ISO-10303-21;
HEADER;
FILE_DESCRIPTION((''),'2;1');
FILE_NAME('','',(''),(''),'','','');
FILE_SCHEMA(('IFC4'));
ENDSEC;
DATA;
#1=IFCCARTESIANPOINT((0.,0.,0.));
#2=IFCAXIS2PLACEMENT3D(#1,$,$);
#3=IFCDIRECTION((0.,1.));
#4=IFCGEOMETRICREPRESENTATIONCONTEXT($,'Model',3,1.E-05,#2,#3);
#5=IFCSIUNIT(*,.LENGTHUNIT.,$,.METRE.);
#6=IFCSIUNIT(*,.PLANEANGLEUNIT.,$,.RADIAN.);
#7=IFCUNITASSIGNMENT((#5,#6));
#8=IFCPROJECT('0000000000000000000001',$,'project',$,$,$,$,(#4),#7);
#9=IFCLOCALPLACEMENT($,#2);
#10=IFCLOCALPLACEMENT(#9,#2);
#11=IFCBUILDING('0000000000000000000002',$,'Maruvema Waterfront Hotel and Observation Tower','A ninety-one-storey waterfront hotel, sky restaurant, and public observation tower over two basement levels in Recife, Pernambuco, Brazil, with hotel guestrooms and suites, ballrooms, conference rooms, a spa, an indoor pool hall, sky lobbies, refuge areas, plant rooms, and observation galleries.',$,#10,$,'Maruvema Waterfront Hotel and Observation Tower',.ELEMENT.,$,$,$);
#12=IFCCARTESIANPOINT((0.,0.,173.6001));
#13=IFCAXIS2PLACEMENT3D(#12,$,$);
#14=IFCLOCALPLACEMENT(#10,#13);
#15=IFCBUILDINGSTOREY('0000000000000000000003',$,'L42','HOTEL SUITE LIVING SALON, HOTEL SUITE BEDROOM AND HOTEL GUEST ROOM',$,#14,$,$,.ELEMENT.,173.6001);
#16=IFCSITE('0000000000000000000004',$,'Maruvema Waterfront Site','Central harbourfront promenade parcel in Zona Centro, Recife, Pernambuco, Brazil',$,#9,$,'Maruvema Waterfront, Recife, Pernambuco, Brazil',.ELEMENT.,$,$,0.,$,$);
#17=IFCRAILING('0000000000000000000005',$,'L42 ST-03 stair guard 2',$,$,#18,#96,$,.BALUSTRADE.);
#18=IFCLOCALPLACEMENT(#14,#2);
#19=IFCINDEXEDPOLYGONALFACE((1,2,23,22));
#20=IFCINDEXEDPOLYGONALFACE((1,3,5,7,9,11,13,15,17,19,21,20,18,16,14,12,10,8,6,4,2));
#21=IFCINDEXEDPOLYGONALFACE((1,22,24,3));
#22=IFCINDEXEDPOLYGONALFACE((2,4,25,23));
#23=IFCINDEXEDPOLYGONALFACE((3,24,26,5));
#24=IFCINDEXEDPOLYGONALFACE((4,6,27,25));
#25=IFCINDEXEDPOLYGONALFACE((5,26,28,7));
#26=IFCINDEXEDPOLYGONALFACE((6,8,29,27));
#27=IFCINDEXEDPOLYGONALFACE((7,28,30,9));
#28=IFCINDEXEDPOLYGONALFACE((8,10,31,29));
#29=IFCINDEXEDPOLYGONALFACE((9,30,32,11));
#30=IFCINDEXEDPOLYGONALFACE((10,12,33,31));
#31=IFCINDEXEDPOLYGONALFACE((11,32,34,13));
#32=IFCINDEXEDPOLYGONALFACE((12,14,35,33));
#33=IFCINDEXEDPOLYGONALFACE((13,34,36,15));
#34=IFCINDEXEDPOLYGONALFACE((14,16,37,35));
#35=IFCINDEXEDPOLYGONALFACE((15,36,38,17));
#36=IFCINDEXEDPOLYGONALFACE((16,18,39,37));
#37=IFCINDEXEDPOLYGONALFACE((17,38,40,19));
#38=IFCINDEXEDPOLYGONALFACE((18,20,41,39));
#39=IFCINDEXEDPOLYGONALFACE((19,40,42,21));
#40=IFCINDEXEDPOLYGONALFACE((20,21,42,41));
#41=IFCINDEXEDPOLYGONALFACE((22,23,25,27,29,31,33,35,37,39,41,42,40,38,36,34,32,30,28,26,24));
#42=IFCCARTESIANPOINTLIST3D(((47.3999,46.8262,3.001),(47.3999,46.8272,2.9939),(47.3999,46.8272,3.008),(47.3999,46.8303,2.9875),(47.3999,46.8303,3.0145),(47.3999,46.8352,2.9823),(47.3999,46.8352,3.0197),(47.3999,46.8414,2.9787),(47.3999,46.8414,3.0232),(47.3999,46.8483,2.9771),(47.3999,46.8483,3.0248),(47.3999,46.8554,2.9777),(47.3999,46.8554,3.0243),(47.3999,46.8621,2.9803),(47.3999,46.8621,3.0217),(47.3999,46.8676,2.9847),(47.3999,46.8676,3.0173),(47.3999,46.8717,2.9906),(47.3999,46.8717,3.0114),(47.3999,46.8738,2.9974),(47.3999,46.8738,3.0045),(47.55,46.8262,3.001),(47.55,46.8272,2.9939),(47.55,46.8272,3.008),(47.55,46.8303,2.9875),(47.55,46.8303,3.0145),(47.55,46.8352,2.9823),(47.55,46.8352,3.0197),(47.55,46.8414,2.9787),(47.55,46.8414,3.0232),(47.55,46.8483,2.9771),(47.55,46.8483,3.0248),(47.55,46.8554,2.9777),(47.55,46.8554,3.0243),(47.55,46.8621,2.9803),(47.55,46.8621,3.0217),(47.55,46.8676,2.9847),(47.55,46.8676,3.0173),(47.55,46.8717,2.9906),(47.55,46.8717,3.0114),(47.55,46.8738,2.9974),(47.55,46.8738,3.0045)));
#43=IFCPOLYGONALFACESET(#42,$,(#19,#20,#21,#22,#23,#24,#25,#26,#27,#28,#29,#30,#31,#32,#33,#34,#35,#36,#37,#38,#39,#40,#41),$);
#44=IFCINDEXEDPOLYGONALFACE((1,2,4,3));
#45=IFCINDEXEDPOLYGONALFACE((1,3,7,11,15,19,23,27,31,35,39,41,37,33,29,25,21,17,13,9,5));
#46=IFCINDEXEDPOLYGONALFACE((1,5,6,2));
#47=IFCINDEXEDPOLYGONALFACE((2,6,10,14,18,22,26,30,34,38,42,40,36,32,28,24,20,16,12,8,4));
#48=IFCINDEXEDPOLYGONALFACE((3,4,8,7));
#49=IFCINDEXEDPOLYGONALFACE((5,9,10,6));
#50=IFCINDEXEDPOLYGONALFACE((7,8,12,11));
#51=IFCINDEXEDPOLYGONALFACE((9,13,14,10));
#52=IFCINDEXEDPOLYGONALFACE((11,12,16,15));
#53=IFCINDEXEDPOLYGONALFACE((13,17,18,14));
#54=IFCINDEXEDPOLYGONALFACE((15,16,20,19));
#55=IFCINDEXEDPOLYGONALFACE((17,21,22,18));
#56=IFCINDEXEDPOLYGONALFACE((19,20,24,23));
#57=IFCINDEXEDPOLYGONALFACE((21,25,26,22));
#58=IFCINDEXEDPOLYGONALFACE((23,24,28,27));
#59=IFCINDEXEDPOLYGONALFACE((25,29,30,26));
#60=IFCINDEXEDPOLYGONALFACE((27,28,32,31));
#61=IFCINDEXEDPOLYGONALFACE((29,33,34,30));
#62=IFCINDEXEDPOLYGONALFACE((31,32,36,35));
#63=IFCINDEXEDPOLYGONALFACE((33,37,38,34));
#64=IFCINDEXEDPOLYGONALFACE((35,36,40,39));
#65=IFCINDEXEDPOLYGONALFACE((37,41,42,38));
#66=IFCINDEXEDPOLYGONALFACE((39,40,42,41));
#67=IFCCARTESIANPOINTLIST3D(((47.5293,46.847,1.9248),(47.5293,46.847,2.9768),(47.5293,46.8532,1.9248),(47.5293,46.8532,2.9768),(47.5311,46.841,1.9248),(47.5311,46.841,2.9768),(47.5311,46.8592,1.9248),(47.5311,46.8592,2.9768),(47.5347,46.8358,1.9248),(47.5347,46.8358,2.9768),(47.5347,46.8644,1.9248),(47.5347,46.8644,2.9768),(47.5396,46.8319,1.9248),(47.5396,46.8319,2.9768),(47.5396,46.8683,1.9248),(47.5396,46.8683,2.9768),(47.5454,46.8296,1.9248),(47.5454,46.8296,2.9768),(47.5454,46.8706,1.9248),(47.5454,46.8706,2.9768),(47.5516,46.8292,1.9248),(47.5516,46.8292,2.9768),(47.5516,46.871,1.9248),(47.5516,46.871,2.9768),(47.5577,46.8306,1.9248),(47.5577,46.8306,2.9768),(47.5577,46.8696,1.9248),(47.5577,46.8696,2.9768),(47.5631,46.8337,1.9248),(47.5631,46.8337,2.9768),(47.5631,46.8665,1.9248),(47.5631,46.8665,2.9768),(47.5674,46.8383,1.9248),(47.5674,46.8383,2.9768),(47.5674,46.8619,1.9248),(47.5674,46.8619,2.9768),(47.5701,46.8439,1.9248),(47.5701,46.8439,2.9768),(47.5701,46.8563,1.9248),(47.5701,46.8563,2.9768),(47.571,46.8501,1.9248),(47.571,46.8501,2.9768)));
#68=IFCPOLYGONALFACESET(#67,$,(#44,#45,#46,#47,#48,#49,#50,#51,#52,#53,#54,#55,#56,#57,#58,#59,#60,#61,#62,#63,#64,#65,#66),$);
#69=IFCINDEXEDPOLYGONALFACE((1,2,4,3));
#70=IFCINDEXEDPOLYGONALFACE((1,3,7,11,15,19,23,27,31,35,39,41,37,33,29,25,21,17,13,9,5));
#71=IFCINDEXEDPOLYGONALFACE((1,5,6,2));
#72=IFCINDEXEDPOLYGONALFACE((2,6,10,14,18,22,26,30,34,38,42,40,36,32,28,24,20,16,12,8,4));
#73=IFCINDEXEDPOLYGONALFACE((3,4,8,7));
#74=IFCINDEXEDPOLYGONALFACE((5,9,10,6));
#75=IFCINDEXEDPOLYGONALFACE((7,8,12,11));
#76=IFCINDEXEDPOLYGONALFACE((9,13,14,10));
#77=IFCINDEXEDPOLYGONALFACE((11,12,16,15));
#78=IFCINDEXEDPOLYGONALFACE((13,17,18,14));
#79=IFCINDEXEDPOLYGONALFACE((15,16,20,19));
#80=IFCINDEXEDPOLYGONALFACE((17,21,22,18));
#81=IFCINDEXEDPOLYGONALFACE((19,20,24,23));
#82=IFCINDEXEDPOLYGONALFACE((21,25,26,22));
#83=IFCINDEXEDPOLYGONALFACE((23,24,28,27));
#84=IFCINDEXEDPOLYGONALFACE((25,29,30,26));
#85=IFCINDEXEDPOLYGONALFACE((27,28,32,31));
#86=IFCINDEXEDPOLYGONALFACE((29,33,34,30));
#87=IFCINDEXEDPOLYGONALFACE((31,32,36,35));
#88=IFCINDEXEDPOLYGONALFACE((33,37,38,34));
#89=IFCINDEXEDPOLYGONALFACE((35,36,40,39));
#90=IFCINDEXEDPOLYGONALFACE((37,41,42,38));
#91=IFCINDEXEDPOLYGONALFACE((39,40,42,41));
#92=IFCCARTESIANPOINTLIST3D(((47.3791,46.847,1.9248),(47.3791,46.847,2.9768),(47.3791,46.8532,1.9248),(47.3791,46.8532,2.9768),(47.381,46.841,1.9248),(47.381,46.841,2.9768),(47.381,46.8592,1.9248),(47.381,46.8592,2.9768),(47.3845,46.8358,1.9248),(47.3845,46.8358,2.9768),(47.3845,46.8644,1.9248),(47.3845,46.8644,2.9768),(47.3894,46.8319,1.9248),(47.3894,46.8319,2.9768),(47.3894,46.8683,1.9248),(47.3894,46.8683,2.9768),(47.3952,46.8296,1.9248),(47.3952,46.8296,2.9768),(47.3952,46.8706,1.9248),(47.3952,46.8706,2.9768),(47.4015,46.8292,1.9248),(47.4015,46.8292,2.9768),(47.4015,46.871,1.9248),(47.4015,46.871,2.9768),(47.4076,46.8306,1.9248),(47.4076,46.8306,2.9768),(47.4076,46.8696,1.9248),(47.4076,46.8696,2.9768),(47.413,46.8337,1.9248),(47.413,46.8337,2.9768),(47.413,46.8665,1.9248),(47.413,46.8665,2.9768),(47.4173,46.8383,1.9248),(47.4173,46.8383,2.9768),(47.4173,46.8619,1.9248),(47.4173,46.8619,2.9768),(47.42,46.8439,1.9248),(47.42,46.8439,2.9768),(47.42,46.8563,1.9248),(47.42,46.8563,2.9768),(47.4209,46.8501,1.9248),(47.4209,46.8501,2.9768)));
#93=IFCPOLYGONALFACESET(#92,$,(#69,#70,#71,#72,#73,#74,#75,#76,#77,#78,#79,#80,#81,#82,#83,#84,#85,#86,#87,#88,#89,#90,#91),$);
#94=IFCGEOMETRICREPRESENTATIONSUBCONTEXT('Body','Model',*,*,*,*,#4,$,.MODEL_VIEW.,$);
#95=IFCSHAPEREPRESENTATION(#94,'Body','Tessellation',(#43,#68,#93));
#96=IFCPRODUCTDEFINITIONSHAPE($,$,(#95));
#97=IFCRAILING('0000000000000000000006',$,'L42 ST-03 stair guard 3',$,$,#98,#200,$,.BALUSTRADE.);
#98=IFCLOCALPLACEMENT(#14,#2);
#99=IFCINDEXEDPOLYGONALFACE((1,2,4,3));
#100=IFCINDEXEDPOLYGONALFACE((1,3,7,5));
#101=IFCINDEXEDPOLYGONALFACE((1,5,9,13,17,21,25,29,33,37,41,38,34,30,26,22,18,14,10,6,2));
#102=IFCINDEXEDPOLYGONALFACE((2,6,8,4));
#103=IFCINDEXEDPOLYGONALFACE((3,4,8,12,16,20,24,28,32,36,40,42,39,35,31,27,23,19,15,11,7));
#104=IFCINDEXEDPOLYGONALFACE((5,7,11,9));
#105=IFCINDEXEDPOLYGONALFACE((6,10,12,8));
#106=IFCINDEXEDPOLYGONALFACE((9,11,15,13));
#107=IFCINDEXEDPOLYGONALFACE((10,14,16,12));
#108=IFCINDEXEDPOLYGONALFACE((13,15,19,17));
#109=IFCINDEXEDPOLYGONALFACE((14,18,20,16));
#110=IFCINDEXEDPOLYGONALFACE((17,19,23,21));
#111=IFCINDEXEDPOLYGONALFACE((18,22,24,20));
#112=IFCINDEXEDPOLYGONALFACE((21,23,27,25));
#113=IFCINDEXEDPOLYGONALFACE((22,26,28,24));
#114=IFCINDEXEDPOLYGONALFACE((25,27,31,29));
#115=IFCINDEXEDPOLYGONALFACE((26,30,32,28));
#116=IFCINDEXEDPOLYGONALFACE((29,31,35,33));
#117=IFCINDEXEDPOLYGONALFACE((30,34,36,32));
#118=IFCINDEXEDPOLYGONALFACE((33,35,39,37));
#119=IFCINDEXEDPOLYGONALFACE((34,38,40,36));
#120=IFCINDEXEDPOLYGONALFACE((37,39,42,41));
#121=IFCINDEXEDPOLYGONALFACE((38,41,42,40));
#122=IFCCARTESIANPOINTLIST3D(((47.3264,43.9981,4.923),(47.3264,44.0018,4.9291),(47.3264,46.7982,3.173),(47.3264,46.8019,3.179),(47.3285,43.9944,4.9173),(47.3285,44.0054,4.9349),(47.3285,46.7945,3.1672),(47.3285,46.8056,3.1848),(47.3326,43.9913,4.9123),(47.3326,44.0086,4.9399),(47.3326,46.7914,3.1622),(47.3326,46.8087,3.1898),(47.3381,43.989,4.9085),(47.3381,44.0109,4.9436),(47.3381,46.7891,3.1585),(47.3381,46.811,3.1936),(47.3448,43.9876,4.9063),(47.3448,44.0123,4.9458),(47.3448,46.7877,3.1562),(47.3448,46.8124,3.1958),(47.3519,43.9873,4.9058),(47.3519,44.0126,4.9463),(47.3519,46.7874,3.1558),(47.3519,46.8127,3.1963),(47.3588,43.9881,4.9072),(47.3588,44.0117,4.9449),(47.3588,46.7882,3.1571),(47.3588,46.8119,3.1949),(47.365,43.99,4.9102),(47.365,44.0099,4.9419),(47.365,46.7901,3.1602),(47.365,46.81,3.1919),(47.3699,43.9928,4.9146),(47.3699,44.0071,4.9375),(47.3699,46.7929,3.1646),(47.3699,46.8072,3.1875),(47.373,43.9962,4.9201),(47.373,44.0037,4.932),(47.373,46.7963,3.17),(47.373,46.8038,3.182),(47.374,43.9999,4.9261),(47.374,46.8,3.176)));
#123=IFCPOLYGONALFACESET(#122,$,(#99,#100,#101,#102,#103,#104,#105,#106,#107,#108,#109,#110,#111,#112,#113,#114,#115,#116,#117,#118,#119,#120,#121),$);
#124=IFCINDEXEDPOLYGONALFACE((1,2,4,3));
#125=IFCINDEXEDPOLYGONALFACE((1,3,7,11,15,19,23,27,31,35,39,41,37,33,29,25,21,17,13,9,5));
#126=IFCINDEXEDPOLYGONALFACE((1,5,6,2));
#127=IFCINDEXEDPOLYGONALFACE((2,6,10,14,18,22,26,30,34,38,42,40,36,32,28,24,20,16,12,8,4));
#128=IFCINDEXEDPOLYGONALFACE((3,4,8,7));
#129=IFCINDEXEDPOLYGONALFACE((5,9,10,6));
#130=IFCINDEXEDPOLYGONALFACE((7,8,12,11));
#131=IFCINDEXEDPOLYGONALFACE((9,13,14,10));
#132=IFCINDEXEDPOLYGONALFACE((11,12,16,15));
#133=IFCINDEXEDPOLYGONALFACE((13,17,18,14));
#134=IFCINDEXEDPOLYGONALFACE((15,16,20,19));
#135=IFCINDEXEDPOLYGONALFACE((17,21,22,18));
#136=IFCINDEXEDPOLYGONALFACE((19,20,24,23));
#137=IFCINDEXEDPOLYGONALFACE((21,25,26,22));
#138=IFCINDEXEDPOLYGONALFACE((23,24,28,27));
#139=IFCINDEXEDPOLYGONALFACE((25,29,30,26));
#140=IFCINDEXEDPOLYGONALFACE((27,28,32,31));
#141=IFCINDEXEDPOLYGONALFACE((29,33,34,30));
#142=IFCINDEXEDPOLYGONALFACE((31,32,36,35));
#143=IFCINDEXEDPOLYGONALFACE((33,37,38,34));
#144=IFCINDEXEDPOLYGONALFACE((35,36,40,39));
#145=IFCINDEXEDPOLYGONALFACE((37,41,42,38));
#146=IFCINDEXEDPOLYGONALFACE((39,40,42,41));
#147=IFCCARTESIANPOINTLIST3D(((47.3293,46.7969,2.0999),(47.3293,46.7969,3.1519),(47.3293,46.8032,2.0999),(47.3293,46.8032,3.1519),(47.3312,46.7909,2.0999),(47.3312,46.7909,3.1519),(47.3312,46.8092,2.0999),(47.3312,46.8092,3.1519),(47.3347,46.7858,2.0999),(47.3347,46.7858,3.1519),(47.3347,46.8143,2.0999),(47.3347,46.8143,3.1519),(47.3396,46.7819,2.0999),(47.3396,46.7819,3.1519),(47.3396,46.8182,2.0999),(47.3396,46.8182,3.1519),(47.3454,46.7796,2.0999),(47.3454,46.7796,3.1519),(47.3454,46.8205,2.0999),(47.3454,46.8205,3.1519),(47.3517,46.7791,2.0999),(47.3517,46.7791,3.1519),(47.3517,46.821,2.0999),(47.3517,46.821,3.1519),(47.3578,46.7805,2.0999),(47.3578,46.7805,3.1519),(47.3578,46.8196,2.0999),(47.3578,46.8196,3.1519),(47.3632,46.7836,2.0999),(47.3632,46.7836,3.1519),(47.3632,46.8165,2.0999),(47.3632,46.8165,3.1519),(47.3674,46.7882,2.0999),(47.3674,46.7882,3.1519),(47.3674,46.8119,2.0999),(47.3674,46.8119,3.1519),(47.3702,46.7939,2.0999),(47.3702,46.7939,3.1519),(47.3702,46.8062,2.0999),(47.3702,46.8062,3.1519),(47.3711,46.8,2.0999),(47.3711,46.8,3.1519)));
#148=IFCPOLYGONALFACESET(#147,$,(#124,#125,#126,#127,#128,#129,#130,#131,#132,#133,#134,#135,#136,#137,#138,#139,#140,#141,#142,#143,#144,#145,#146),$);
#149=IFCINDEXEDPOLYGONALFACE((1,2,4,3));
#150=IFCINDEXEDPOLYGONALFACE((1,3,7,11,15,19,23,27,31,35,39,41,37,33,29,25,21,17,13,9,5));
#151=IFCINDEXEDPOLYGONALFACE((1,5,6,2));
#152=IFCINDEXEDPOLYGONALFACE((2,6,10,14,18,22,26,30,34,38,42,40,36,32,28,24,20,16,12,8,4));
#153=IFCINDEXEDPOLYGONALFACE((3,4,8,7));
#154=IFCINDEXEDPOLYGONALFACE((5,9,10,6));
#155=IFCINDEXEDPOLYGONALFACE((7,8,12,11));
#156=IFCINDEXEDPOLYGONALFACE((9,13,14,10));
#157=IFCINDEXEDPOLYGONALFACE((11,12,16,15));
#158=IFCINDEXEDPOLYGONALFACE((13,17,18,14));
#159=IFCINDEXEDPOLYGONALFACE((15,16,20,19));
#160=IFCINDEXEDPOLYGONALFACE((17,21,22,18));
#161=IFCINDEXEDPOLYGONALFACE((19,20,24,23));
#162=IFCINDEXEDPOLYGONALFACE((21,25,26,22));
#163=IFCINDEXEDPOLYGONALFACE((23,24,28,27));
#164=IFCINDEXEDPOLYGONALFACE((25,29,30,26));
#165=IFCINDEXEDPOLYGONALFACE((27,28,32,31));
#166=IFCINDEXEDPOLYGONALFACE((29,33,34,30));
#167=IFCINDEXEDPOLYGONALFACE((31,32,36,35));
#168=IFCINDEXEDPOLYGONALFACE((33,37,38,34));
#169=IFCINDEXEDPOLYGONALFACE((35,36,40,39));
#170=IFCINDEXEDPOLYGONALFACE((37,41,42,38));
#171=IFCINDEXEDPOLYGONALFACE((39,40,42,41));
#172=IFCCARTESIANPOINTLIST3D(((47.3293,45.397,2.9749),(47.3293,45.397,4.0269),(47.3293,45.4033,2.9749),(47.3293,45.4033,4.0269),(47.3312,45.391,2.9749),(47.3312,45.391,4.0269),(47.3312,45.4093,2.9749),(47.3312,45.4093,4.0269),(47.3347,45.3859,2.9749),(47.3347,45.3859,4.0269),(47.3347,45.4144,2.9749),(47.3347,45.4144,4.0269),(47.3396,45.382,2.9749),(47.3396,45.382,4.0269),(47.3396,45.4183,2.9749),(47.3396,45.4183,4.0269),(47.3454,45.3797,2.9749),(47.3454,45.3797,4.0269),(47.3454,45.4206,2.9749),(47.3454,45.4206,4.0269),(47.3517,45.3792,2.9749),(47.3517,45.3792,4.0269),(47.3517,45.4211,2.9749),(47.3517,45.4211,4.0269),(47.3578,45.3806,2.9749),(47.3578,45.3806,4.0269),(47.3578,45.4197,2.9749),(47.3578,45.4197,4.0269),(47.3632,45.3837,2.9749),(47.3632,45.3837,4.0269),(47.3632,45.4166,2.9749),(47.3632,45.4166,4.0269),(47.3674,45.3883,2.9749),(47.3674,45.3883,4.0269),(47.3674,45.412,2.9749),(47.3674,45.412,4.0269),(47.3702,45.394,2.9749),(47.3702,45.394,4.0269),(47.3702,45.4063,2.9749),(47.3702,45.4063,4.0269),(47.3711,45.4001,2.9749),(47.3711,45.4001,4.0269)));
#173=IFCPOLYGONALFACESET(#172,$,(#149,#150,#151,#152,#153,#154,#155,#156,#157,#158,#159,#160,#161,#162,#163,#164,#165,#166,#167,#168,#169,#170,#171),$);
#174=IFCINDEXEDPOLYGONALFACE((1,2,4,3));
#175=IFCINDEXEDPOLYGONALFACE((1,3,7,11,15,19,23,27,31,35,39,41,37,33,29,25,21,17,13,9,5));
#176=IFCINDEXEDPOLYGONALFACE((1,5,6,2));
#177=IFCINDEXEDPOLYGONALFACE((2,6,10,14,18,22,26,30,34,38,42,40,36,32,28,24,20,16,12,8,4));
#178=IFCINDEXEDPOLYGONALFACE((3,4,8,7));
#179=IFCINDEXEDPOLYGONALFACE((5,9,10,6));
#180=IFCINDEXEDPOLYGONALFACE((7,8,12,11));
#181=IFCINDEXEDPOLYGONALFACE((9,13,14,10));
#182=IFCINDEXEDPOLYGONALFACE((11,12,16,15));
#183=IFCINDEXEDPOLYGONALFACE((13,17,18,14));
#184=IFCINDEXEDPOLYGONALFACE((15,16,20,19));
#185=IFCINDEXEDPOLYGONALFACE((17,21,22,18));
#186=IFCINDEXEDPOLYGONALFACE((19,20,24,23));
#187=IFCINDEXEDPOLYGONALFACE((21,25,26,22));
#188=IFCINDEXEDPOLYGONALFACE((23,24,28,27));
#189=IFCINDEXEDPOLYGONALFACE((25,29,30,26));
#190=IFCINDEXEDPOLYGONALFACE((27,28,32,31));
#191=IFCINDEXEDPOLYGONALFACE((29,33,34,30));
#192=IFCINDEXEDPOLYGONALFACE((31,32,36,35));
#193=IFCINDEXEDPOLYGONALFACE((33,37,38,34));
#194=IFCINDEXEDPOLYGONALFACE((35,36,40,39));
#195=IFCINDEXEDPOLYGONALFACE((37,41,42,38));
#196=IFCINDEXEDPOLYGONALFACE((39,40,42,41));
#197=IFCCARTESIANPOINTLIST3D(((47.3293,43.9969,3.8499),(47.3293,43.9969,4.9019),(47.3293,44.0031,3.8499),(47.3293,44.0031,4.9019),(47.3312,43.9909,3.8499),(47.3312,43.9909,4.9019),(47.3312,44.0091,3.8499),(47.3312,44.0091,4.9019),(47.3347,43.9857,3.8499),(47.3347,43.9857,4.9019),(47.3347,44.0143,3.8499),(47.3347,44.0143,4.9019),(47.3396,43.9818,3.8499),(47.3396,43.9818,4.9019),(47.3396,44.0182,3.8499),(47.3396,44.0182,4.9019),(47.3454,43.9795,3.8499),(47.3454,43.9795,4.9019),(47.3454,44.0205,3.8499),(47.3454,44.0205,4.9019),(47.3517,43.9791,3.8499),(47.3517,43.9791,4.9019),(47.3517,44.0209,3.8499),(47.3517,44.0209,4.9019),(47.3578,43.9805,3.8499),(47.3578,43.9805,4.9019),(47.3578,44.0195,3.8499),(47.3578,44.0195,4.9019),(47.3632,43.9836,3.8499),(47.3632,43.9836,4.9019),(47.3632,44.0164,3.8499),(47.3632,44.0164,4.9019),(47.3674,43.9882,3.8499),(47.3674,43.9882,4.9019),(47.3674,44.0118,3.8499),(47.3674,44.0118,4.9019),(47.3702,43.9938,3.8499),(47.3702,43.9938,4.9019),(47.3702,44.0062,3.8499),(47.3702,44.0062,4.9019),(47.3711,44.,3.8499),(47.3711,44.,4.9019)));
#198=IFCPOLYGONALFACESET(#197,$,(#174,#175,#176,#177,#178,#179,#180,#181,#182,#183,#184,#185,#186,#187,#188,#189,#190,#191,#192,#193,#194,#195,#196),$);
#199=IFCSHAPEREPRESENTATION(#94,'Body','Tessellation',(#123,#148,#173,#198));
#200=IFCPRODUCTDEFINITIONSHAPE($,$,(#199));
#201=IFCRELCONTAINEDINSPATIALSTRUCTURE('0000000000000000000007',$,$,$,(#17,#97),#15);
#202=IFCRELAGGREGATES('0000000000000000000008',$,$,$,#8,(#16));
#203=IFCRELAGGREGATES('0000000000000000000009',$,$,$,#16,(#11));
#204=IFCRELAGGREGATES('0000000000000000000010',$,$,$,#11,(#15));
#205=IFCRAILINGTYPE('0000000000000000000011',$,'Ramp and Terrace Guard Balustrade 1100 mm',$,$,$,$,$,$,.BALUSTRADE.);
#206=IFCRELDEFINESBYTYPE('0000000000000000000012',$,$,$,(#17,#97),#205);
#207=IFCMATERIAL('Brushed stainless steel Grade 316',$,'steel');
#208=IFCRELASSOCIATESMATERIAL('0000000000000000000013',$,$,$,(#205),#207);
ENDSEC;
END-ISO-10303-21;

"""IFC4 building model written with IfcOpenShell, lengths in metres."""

from ifc_helpers import new_model, si_unit, direction, frame, origin, origin_2d, place, context, subcontext, project, spatial, circle, extrude, material, type_object, element, save


model = new_model("IFC4")

# Units and contexts
model_context = context("Model", 3, precision=1e-05, world=origin(), true_north=direction((0.0, 1.0)))
body_context = subcontext(model_context, "Body", "Model", "MODEL_VIEW")
ifc_project = project(units=[si_unit("LENGTHUNIT", "METRE"), si_unit("PLANEANGLEUNIT", "RADIAN")], contexts=[model_context])

# Site, building, storey
site_placement = place(None, origin())
site = spatial("IfcSite", under=ifc_project, at=site_placement, Name="Maruvema Waterfront Site", Description="Central harbourfront promenade parcel in Zona Centro, Recife, Pernambuco, Brazil", LongName="Maruvema Waterfront, Recife, Pernambuco, Brazil", CompositionType="ELEMENT", RefElevation=0.0)
building_placement = place(site_placement, origin())
building = spatial("IfcBuilding", under=site, at=building_placement, Name="Maruvema Waterfront Hotel and Observation Tower", Description="A ninety-one-storey waterfront hotel, sky restaurant, and public observation tower over two basement levels in Recife, Pernambuco, Brazil, with hotel guestrooms and suites, ballrooms, conference rooms, a spa, an indoor pool hall, sky lobbies, refuge areas, plant rooms, and observation galleries.", LongName="Maruvema Waterfront Hotel and Observation Tower", CompositionType="ELEMENT")
storey_placement = place(building_placement, frame((0.0, 0.0, 173.6001)))
storey = spatial("IfcBuildingStorey", under=building, at=storey_placement, Name="L42", Description="HOTEL SUITE LIVING SALON, HOTEL SUITE BEDROOM AND HOTEL GUEST ROOM", CompositionType="ELEMENT", Elevation=173.6001)

# Railings
ifc_material_1 = material(Name="Brushed stainless steel Grade 316", Category="steel")
railing_type_1 = type_object("IfcRailingType", Name="Ramp and Terrace Guard Balustrade 1100 mm", PredefinedType="BALUSTRADE", material=ifc_material_1)
railing_1_placement = place(storey_placement, frame((47.55, 46.8501, 1.9248)))
element("IfcRailing", 1, at=railing_1_placement, inside=storey, type_object=railing_type_1, Name="L42 ST-03 stair guard 2", PredefinedType="BALUSTRADE", context=body_context, shape_type="SweptSolid", body=[
    extrude(circle(Radius=0.0239, at=origin_2d()), frame((0.0, 0.0, 1.0762), z_axis=(-1.0, 0.0, 0.0), x_axis=(0.0, -1.0, 0.0)), (0.0, 0.0, 1.0), 0.1501),
    extrude(circle(Radius=0.021, at=origin_2d()), origin(), (0.0, 0.0, 1.0), 1.052),
    extrude(circle(Radius=0.021, at=origin_2d()), frame((-0.1501, 0.0, 0.0)), (0.0, 0.0, 1.0), 1.052),
])
railing_2_placement = place(storey_placement, frame((47.3501, 46.8, 2.0999)))
element("IfcRailing", 2, at=railing_2_placement, inside=storey, type_object=railing_type_1, Name="L42 ST-03 stair guard 3", PredefinedType="BALUSTRADE", context=body_context, shape_type="SweptSolid", body=[
    extrude(circle(Radius=0.0239, at=origin_2d()), frame((0.0, 0.0, 1.0762), z_axis=(0.0, -0.848002, 0.529992), x_axis=(1.0, 0.0, 0.0)), (0.0, 0.0, 1.0), 3.302),
    extrude(circle(Radius=0.021, at=origin_2d()), origin(), (0.0, 0.0, 1.0), 1.052),
    extrude(circle(Radius=0.021, at=origin_2d()), frame((0.0, -1.3999, 0.875)), (0.0, 0.0, 1.0), 1.052),
    extrude(circle(Radius=0.021, at=origin_2d()), frame((0.0, -2.8, 1.75)), (0.0, 0.0, 1.0), 1.052),
])

save(model, "model.ifc")
